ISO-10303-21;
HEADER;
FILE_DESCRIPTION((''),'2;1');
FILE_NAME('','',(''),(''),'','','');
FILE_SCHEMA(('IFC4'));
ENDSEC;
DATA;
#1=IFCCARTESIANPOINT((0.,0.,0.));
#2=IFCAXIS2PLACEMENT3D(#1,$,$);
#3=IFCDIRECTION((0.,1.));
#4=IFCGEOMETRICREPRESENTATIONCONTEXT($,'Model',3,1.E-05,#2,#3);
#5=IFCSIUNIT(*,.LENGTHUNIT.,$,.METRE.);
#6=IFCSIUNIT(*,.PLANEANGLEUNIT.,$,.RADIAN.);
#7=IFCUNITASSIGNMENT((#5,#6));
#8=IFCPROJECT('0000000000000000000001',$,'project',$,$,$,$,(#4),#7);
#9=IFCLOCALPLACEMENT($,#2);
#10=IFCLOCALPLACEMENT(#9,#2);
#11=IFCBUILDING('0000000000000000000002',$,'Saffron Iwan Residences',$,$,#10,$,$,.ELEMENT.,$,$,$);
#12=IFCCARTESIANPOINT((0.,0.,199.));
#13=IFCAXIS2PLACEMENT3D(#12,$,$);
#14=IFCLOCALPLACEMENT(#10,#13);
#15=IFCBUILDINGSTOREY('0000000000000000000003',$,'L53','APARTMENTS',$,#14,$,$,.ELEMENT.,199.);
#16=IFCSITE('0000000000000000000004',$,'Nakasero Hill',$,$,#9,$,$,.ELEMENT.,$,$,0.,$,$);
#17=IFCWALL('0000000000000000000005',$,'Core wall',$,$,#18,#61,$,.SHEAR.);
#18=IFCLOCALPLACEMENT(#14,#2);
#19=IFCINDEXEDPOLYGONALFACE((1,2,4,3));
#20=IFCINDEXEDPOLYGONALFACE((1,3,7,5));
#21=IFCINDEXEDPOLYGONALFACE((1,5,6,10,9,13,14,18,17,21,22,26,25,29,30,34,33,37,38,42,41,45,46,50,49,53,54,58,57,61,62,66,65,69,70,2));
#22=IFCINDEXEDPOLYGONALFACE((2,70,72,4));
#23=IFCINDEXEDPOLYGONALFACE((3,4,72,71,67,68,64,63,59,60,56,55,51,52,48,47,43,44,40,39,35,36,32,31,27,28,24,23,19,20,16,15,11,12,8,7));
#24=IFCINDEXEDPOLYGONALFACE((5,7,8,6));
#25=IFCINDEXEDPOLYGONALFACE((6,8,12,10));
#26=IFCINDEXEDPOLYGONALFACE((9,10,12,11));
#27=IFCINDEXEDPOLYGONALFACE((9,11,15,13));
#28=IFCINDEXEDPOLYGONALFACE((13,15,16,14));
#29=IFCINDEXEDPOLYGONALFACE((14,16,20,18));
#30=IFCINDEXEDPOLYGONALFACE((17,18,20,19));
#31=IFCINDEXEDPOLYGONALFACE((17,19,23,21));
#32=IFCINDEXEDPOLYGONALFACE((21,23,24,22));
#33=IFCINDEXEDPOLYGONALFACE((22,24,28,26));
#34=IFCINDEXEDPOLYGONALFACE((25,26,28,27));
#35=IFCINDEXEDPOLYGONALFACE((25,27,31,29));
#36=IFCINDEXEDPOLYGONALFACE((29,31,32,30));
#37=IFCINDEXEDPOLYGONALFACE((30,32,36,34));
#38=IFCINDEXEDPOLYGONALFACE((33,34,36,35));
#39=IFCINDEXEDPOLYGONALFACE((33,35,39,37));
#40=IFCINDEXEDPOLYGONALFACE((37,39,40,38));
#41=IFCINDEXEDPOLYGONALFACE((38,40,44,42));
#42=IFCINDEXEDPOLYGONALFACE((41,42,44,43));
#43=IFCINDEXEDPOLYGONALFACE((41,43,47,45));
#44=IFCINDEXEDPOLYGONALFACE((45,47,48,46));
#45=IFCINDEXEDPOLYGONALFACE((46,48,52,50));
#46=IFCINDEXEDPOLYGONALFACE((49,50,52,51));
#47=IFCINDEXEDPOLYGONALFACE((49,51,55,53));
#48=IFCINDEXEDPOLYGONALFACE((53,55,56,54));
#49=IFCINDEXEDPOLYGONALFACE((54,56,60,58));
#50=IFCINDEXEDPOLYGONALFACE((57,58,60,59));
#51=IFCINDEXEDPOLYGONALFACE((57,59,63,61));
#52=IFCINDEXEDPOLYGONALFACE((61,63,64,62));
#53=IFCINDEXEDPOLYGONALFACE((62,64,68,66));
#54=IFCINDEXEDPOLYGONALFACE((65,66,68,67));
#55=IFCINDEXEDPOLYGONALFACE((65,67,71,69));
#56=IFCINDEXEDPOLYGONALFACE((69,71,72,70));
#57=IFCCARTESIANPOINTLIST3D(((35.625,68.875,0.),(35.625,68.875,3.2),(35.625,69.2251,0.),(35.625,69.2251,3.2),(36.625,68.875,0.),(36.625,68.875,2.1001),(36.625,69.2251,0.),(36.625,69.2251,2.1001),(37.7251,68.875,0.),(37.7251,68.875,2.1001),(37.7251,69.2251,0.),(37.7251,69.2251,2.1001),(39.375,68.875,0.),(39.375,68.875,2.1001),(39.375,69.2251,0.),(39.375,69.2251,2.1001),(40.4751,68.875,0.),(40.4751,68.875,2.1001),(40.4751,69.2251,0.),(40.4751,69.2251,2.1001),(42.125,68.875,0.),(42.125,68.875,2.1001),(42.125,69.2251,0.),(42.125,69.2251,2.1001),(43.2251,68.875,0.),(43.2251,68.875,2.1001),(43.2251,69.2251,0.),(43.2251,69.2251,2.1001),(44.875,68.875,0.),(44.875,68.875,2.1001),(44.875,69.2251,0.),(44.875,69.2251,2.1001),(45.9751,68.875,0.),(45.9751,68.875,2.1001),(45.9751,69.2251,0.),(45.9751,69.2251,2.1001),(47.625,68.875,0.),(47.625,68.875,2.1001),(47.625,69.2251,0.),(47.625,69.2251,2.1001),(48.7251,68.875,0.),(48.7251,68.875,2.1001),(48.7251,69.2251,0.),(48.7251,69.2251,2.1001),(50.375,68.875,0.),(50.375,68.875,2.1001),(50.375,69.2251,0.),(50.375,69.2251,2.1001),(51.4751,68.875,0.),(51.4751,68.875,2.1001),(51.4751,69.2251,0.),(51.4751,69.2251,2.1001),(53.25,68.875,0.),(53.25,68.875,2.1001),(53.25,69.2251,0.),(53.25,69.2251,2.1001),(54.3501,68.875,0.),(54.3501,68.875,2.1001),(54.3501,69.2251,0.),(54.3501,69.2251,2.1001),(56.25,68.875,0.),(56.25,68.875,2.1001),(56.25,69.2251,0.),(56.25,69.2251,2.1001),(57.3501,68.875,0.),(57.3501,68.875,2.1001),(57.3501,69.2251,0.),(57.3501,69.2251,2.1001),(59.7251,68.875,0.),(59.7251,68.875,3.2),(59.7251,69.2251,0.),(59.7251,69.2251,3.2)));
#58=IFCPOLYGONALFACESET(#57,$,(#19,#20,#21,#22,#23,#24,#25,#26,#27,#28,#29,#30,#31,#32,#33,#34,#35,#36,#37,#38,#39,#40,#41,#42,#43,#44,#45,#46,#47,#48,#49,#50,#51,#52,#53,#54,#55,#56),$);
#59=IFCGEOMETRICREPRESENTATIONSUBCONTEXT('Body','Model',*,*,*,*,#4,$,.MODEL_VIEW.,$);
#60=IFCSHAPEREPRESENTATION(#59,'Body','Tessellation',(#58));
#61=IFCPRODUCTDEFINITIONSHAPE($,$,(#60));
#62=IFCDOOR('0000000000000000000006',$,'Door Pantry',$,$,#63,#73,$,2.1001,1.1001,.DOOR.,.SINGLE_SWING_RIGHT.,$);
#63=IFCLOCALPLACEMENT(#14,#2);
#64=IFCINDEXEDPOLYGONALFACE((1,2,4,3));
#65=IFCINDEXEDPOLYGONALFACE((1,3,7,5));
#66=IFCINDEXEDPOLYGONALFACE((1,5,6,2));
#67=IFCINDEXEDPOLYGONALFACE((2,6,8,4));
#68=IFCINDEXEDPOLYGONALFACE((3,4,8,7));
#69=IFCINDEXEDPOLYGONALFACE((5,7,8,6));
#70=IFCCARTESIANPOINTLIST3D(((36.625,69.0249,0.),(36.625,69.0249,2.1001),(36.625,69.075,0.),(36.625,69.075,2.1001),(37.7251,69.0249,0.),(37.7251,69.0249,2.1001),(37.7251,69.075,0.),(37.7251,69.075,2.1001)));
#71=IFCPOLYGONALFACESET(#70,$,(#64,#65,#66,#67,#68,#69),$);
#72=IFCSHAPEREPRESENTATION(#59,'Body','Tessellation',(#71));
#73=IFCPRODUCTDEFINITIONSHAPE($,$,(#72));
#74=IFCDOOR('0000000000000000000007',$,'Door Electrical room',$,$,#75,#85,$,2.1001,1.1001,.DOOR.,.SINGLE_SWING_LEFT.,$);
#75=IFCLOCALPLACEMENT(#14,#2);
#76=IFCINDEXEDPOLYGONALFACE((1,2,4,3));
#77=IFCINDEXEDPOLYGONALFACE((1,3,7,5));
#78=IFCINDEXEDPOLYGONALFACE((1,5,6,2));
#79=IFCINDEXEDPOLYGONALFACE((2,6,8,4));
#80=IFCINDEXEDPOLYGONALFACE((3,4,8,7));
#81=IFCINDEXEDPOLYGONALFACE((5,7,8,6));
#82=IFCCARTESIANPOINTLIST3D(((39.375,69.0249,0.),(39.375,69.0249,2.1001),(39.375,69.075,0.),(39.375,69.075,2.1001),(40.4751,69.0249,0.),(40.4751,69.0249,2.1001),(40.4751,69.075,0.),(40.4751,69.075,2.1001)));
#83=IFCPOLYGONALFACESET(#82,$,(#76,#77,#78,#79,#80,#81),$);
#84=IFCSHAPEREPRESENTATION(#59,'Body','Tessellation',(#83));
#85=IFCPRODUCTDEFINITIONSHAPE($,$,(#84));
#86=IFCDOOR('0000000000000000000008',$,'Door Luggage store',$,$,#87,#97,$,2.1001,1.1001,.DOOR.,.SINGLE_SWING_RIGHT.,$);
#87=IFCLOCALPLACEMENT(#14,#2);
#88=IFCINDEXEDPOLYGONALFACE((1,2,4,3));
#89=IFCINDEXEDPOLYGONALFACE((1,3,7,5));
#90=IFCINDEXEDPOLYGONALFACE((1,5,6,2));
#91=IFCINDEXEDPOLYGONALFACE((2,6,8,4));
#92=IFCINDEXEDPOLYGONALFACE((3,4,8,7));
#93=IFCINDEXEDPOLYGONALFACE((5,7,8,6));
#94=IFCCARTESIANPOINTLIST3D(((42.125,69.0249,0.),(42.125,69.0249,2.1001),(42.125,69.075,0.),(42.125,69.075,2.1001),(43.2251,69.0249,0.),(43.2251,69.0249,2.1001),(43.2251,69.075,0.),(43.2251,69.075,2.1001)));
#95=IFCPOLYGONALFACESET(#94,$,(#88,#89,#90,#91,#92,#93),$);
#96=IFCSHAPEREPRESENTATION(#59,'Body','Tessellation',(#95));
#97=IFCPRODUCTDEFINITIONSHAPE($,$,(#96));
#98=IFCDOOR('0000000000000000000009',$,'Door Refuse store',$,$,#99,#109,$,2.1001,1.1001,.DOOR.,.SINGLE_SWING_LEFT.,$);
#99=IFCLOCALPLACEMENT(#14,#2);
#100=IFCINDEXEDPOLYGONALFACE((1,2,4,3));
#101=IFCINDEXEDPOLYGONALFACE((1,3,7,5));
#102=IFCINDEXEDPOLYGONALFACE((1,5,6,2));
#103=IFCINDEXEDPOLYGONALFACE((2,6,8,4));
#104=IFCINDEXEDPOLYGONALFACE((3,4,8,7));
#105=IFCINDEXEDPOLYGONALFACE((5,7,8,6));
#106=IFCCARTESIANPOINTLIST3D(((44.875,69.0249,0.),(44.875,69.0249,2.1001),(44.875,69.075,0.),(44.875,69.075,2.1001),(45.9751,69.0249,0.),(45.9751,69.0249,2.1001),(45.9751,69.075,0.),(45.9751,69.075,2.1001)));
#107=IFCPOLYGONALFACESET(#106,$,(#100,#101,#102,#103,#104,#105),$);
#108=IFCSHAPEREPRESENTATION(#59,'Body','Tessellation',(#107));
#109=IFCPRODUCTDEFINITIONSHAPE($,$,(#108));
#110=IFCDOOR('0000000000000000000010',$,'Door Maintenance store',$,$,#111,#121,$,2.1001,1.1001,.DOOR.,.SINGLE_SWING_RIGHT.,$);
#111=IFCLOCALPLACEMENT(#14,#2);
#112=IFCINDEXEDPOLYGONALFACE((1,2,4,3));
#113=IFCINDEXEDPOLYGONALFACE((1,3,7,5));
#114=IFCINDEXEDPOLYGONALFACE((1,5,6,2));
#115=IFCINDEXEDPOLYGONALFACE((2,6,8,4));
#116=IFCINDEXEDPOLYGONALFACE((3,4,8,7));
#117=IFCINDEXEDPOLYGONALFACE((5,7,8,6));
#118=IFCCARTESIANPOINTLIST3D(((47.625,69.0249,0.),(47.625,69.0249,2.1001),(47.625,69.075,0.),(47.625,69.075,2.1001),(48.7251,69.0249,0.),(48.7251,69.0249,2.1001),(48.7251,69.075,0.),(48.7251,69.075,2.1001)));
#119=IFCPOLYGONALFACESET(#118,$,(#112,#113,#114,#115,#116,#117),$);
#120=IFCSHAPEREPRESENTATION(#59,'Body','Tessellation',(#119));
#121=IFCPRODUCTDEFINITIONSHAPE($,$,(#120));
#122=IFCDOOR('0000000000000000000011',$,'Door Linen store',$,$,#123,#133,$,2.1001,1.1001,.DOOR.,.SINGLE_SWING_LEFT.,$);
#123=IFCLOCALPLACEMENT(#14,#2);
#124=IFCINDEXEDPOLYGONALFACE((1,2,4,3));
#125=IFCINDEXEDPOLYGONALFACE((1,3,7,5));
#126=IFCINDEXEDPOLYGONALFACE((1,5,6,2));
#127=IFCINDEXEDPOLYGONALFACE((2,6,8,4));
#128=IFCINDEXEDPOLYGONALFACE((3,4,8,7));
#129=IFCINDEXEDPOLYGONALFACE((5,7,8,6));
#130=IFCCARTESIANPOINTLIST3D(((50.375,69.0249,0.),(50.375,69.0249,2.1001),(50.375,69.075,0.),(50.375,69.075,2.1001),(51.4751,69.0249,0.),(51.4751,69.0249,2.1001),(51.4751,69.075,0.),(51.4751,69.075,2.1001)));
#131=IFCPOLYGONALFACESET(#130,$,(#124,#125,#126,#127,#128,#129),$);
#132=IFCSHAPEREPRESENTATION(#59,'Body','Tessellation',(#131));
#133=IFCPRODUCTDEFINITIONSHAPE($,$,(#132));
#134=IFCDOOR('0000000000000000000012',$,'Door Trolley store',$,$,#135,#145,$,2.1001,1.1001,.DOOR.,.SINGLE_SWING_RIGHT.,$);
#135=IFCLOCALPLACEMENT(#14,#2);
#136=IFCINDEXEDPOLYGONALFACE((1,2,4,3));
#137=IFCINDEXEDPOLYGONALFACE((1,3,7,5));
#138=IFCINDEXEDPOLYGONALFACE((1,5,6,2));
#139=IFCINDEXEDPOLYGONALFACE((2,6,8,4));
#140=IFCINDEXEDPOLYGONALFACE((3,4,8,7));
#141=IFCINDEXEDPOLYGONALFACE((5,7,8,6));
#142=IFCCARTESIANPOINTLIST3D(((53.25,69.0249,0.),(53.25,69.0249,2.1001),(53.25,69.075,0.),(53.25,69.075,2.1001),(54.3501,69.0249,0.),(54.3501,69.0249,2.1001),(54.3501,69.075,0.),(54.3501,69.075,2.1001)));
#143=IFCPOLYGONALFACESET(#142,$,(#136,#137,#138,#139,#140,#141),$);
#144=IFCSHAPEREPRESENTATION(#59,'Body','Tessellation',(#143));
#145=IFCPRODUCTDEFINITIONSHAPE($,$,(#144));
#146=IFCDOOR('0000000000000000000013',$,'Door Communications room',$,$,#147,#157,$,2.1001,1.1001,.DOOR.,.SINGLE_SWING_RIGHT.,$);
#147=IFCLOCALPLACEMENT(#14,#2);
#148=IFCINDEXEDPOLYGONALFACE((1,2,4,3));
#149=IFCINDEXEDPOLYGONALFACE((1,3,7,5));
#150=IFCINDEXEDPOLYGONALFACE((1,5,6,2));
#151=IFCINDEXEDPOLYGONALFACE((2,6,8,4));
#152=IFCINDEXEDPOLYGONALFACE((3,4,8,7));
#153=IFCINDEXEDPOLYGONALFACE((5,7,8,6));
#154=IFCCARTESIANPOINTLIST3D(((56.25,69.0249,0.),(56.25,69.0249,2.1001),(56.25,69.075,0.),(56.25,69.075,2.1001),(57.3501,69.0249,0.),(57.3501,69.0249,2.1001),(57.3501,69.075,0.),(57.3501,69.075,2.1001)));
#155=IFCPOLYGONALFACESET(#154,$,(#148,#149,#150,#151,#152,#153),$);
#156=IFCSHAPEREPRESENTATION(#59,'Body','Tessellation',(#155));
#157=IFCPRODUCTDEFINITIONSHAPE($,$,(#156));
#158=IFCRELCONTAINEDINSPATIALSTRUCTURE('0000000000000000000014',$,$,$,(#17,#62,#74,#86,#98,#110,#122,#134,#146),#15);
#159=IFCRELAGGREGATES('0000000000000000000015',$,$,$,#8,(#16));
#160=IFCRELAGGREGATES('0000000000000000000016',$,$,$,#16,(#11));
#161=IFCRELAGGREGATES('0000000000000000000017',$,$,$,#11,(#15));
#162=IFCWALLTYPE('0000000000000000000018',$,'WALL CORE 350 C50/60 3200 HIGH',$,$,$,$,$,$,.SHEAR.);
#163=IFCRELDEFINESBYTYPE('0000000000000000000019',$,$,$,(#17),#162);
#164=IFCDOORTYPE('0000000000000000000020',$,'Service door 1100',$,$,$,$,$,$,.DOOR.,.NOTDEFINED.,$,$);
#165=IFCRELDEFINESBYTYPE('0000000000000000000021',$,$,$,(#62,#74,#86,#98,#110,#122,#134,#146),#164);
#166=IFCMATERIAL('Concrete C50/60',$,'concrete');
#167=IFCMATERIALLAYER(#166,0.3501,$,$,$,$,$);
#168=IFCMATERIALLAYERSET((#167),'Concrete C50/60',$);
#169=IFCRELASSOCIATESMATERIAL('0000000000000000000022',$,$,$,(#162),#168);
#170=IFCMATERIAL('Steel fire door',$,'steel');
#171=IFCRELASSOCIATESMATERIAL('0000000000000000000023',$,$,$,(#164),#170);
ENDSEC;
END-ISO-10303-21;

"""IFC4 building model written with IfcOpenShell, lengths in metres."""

from ifc_helpers import new_model, si_unit, direction, frame, frame_2d, origin, place, context, subcontext, project, spatial, rectangle, extrude, material, layer, layer_set, type_object, element, fill, save


model = new_model("IFC4")

# Units and contexts
model_context = context("Model", 3, precision=1e-05, world=origin(), true_north=direction((0.0, 1.0)))
body_context = subcontext(model_context, "Body", "Model", "MODEL_VIEW")
ifc_project = project(units=[si_unit("LENGTHUNIT", "METRE"), si_unit("PLANEANGLEUNIT", "RADIAN")], contexts=[model_context])

# Site, building, storey
site_placement = place(None, origin())
site = spatial("IfcSite", under=ifc_project, at=site_placement, Name="Nakasero Hill", CompositionType="ELEMENT", RefElevation=0.0)
building_placement = place(site_placement, origin())
building = spatial("IfcBuilding", under=site, at=building_placement, Name="Saffron Iwan Residences", CompositionType="ELEMENT")
storey_placement = place(building_placement, frame((0.0, 0.0, 199.0)))
storey = spatial("IfcBuildingStorey", under=building, at=storey_placement, Name="L53", Description="APARTMENTS", CompositionType="ELEMENT", Elevation=199.0)

# Shared definitions
ifc_material_1 = material(Name="Steel fire door", Category="steel")

# Wall, openings, doors
ifc_material_2 = material(Name="Concrete C50/60", Category="concrete")
ifc_layer_1 = layer(ifc_material_2, 0.3501)
ifc_layer_set_1 = layer_set([ifc_layer_1], Name="Concrete C50/60")
wall_type_1 = type_object("IfcWallType", Name="WALL CORE 350 C50/60 3200 HIGH", PredefinedType="SHEAR", material=ifc_layer_set_1)
wall_1_placement = place(storey_placement, frame((35.625, 69.05, 0.0), z_axis=(0.0, 0.0, 1.0), x_axis=(1.0, 0.0, 0.0)))
wall_1 = element("IfcWall", 1, at=wall_1_placement, inside=storey, type_object=wall_type_1, Name="Core wall", PredefinedType="SHEAR", context=body_context, shape_type="SweptSolid", body=[
    extrude(rectangle(XDim=24.1001, YDim=0.3501, at=frame_2d((12.05, 0.0))), origin(), (0.0, 0.0, 1.0), 3.2),
])
opening_1_placement = place(wall_1_placement, frame((1.0, 0.0, 0.0)))
opening_1 = element("IfcOpeningElement", 2, at=opening_1_placement, cuts=wall_1, PredefinedType="OPENING", context=body_context, shape_type="SweptSolid", body=[
    extrude(rectangle(XDim=1.1001, YDim=2.1001, at=frame_2d((0.55, 1.05))), frame((0.0, 0.1851, 0.0), z_axis=(0.0, -1.0, 0.0), x_axis=(1.0, 0.0, 0.0)), (0.0, 0.0, 1.0), 0.3701),
])
opening_2_placement = place(wall_1_placement, frame((3.75, 0.0, 0.0)))
opening_2 = element("IfcOpeningElement", 3, at=opening_2_placement, cuts=wall_1, PredefinedType="OPENING", context=body_context, shape_type="SweptSolid", body=[
    extrude(rectangle(XDim=1.1001, YDim=2.1001, at=frame_2d((0.55, 1.05))), frame((0.0, 0.1851, 0.0), z_axis=(0.0, -1.0, 0.0), x_axis=(1.0, 0.0, 0.0)), (0.0, 0.0, 1.0), 0.3701),
])
opening_3_placement = place(wall_1_placement, frame((6.5, 0.0, 0.0)))
opening_3 = element("IfcOpeningElement", 4, at=opening_3_placement, cuts=wall_1, PredefinedType="OPENING", context=body_context, shape_type="SweptSolid", body=[
    extrude(rectangle(XDim=1.1001, YDim=2.1001, at=frame_2d((0.55, 1.05))), frame((0.0, 0.1851, 0.0), z_axis=(0.0, -1.0, 0.0), x_axis=(1.0, 0.0, 0.0)), (0.0, 0.0, 1.0), 0.3701),
])
opening_4_placement = place(wall_1_placement, frame((9.25, 0.0, 0.0)))
opening_4 = element("IfcOpeningElement", 5, at=opening_4_placement, cuts=wall_1, PredefinedType="OPENING", context=body_context, shape_type="SweptSolid", body=[
    extrude(rectangle(XDim=1.1001, YDim=2.1001, at=frame_2d((0.55, 1.05))), frame((0.0, 0.1851, 0.0), z_axis=(0.0, -1.0, 0.0), x_axis=(1.0, 0.0, 0.0)), (0.0, 0.0, 1.0), 0.3701),
])
opening_5_placement = place(wall_1_placement, frame((12.0, 0.0, 0.0)))
opening_5 = element("IfcOpeningElement", 6, at=opening_5_placement, cuts=wall_1, PredefinedType="OPENING", context=body_context, shape_type="SweptSolid", body=[
    extrude(rectangle(XDim=1.1001, YDim=2.1001, at=frame_2d((0.55, 1.05))), frame((0.0, 0.1851, 0.0), z_axis=(0.0, -1.0, 0.0), x_axis=(1.0, 0.0, 0.0)), (0.0, 0.0, 1.0), 0.3701),
])
opening_6_placement = place(wall_1_placement, frame((14.75, 0.0, 0.0)))
opening_6 = element("IfcOpeningElement", 7, at=opening_6_placement, cuts=wall_1, PredefinedType="OPENING", context=body_context, shape_type="SweptSolid", body=[
    extrude(rectangle(XDim=1.1001, YDim=2.1001, at=frame_2d((0.55, 1.05))), frame((0.0, 0.1851, 0.0), z_axis=(0.0, -1.0, 0.0), x_axis=(1.0, 0.0, 0.0)), (0.0, 0.0, 1.0), 0.3701),
])
opening_7_placement = place(wall_1_placement, frame((17.625, 0.0, 0.0)))
opening_7 = element("IfcOpeningElement", 8, at=opening_7_placement, cuts=wall_1, PredefinedType="OPENING", context=body_context, shape_type="SweptSolid", body=[
    extrude(rectangle(XDim=1.1001, YDim=2.1001, at=frame_2d((0.55, 1.05))), frame((0.0, 0.1851, 0.0), z_axis=(0.0, -1.0, 0.0), x_axis=(1.0, 0.0, 0.0)), (0.0, 0.0, 1.0), 0.3701),
])
opening_8_placement = place(wall_1_placement, frame((20.625, 0.0, 0.0)))
opening_8 = element("IfcOpeningElement", 9, at=opening_8_placement, cuts=wall_1, PredefinedType="OPENING", context=body_context, shape_type="SweptSolid", body=[
    extrude(rectangle(XDim=1.1001, YDim=2.1001, at=frame_2d((0.55, 1.05))), frame((0.0, 0.1851, 0.0), z_axis=(0.0, -1.0, 0.0), x_axis=(1.0, 0.0, 0.0)), (0.0, 0.0, 1.0), 0.3701),
])
door_type_1 = type_object("IfcDoorType", Name="Service door 1100", OperationType="NOTDEFINED", PredefinedType="DOOR", material=ifc_material_1)
door_1_placement = place(opening_1_placement, origin())
door_1 = element("IfcDoor", 10, at=door_1_placement, inside=storey, type_object=door_type_1, Name="Door Pantry", OperationType="SINGLE_SWING_RIGHT", OverallHeight=2.1001, OverallWidth=1.1001, PredefinedType="DOOR", context=body_context, shape_type="SweptSolid", body=[
    extrude(rectangle(XDim=1.1001, YDim=2.1001, at=frame_2d((0.55, 1.05))), frame((0.0, 0.0249, 0.0), z_axis=(0.0, -1.0, 0.0), x_axis=(1.0, 0.0, 0.0)), (0.0, 0.0, 1.0), 0.05),
])
fill(opening_1, door_1)
door_2_placement = place(opening_2_placement, origin())
door_2 = element("IfcDoor", 11, at=door_2_placement, inside=storey, type_object=door_type_1, Name="Door Electrical room", OperationType="SINGLE_SWING_LEFT", OverallHeight=2.1001, OverallWidth=1.1001, PredefinedType="DOOR", context=body_context, shape_type="SweptSolid", body=[
    extrude(rectangle(XDim=1.1001, YDim=2.1001, at=frame_2d((0.55, 1.05))), frame((0.0, 0.0249, 0.0), z_axis=(0.0, -1.0, 0.0), x_axis=(1.0, 0.0, 0.0)), (0.0, 0.0, 1.0), 0.05),
])
fill(opening_2, door_2)
door_3_placement = place(opening_3_placement, origin())
door_3 = element("IfcDoor", 12, at=door_3_placement, inside=storey, type_object=door_type_1, Name="Door Luggage store", OperationType="SINGLE_SWING_RIGHT", OverallHeight=2.1001, OverallWidth=1.1001, PredefinedType="DOOR", context=body_context, shape_type="SweptSolid", body=[
    extrude(rectangle(XDim=1.1001, YDim=2.1001, at=frame_2d((0.55, 1.05))), frame((0.0, 0.0249, 0.0), z_axis=(0.0, -1.0, 0.0), x_axis=(1.0, 0.0, 0.0)), (0.0, 0.0, 1.0), 0.05),
])
fill(opening_3, door_3)
door_4_placement = place(opening_4_placement, origin())
door_4 = element("IfcDoor", 13, at=door_4_placement, inside=storey, type_object=door_type_1, Name="Door Refuse store", OperationType="SINGLE_SWING_LEFT", OverallHeight=2.1001, OverallWidth=1.1001, PredefinedType="DOOR", context=body_context, shape_type="SweptSolid", body=[
    extrude(rectangle(XDim=1.1001, YDim=2.1001, at=frame_2d((0.55, 1.05))), frame((0.0, 0.0249, 0.0), z_axis=(0.0, -1.0, 0.0), x_axis=(1.0, 0.0, 0.0)), (0.0, 0.0, 1.0), 0.05),
])
fill(opening_4, door_4)
door_5_placement = place(opening_5_placement, origin())
door_5 = element("IfcDoor", 14, at=door_5_placement, inside=storey, type_object=door_type_1, Name="Door Maintenance store", OperationType="SINGLE_SWING_RIGHT", OverallHeight=2.1001, OverallWidth=1.1001, PredefinedType="DOOR", context=body_context, shape_type="SweptSolid", body=[
    extrude(rectangle(XDim=1.1001, YDim=2.1001, at=frame_2d((0.55, 1.05))), frame((0.0, 0.0249, 0.0), z_axis=(0.0, -1.0, 0.0), x_axis=(1.0, 0.0, 0.0)), (0.0, 0.0, 1.0), 0.05),
])
fill(opening_5, door_5)
door_6_placement = place(opening_6_placement, origin())
door_6 = element("IfcDoor", 15, at=door_6_placement, inside=storey, type_object=door_type_1, Name="Door Linen store", OperationType="SINGLE_SWING_LEFT", OverallHeight=2.1001, OverallWidth=1.1001, PredefinedType="DOOR", context=body_context, shape_type="SweptSolid", body=[
    extrude(rectangle(XDim=1.1001, YDim=2.1001, at=frame_2d((0.55, 1.05))), frame((0.0, 0.0249, 0.0), z_axis=(0.0, -1.0, 0.0), x_axis=(1.0, 0.0, 0.0)), (0.0, 0.0, 1.0), 0.05),
])
fill(opening_6, door_6)
door_7_placement = place(opening_7_placement, origin())
door_7 = element("IfcDoor", 16, at=door_7_placement, inside=storey, type_object=door_type_1, Name="Door Trolley store", OperationType="SINGLE_SWING_RIGHT", OverallHeight=2.1001, OverallWidth=1.1001, PredefinedType="DOOR", context=body_context, shape_type="SweptSolid", body=[
    extrude(rectangle(XDim=1.1001, YDim=2.1001, at=frame_2d((0.55, 1.05))), frame((0.0, 0.0249, 0.0), z_axis=(0.0, -1.0, 0.0), x_axis=(1.0, 0.0, 0.0)), (0.0, 0.0, 1.0), 0.05),
])
fill(opening_7, door_7)
door_8_placement = place(opening_8_placement, origin())
door_8 = element("IfcDoor", 17, at=door_8_placement, inside=storey, type_object=door_type_1, Name="Door Communications room", OperationType="SINGLE_SWING_RIGHT", OverallHeight=2.1001, OverallWidth=1.1001, PredefinedType="DOOR", context=body_context, shape_type="SweptSolid", body=[
    extrude(rectangle(XDim=1.1001, YDim=2.1001, at=frame_2d((0.55, 1.05))), frame((0.0, 0.0249, 0.0), z_axis=(0.0, -1.0, 0.0), x_axis=(1.0, 0.0, 0.0)), (0.0, 0.0, 1.0), 0.05),
])
fill(opening_8, door_8)

save(model, "model.ifc")
